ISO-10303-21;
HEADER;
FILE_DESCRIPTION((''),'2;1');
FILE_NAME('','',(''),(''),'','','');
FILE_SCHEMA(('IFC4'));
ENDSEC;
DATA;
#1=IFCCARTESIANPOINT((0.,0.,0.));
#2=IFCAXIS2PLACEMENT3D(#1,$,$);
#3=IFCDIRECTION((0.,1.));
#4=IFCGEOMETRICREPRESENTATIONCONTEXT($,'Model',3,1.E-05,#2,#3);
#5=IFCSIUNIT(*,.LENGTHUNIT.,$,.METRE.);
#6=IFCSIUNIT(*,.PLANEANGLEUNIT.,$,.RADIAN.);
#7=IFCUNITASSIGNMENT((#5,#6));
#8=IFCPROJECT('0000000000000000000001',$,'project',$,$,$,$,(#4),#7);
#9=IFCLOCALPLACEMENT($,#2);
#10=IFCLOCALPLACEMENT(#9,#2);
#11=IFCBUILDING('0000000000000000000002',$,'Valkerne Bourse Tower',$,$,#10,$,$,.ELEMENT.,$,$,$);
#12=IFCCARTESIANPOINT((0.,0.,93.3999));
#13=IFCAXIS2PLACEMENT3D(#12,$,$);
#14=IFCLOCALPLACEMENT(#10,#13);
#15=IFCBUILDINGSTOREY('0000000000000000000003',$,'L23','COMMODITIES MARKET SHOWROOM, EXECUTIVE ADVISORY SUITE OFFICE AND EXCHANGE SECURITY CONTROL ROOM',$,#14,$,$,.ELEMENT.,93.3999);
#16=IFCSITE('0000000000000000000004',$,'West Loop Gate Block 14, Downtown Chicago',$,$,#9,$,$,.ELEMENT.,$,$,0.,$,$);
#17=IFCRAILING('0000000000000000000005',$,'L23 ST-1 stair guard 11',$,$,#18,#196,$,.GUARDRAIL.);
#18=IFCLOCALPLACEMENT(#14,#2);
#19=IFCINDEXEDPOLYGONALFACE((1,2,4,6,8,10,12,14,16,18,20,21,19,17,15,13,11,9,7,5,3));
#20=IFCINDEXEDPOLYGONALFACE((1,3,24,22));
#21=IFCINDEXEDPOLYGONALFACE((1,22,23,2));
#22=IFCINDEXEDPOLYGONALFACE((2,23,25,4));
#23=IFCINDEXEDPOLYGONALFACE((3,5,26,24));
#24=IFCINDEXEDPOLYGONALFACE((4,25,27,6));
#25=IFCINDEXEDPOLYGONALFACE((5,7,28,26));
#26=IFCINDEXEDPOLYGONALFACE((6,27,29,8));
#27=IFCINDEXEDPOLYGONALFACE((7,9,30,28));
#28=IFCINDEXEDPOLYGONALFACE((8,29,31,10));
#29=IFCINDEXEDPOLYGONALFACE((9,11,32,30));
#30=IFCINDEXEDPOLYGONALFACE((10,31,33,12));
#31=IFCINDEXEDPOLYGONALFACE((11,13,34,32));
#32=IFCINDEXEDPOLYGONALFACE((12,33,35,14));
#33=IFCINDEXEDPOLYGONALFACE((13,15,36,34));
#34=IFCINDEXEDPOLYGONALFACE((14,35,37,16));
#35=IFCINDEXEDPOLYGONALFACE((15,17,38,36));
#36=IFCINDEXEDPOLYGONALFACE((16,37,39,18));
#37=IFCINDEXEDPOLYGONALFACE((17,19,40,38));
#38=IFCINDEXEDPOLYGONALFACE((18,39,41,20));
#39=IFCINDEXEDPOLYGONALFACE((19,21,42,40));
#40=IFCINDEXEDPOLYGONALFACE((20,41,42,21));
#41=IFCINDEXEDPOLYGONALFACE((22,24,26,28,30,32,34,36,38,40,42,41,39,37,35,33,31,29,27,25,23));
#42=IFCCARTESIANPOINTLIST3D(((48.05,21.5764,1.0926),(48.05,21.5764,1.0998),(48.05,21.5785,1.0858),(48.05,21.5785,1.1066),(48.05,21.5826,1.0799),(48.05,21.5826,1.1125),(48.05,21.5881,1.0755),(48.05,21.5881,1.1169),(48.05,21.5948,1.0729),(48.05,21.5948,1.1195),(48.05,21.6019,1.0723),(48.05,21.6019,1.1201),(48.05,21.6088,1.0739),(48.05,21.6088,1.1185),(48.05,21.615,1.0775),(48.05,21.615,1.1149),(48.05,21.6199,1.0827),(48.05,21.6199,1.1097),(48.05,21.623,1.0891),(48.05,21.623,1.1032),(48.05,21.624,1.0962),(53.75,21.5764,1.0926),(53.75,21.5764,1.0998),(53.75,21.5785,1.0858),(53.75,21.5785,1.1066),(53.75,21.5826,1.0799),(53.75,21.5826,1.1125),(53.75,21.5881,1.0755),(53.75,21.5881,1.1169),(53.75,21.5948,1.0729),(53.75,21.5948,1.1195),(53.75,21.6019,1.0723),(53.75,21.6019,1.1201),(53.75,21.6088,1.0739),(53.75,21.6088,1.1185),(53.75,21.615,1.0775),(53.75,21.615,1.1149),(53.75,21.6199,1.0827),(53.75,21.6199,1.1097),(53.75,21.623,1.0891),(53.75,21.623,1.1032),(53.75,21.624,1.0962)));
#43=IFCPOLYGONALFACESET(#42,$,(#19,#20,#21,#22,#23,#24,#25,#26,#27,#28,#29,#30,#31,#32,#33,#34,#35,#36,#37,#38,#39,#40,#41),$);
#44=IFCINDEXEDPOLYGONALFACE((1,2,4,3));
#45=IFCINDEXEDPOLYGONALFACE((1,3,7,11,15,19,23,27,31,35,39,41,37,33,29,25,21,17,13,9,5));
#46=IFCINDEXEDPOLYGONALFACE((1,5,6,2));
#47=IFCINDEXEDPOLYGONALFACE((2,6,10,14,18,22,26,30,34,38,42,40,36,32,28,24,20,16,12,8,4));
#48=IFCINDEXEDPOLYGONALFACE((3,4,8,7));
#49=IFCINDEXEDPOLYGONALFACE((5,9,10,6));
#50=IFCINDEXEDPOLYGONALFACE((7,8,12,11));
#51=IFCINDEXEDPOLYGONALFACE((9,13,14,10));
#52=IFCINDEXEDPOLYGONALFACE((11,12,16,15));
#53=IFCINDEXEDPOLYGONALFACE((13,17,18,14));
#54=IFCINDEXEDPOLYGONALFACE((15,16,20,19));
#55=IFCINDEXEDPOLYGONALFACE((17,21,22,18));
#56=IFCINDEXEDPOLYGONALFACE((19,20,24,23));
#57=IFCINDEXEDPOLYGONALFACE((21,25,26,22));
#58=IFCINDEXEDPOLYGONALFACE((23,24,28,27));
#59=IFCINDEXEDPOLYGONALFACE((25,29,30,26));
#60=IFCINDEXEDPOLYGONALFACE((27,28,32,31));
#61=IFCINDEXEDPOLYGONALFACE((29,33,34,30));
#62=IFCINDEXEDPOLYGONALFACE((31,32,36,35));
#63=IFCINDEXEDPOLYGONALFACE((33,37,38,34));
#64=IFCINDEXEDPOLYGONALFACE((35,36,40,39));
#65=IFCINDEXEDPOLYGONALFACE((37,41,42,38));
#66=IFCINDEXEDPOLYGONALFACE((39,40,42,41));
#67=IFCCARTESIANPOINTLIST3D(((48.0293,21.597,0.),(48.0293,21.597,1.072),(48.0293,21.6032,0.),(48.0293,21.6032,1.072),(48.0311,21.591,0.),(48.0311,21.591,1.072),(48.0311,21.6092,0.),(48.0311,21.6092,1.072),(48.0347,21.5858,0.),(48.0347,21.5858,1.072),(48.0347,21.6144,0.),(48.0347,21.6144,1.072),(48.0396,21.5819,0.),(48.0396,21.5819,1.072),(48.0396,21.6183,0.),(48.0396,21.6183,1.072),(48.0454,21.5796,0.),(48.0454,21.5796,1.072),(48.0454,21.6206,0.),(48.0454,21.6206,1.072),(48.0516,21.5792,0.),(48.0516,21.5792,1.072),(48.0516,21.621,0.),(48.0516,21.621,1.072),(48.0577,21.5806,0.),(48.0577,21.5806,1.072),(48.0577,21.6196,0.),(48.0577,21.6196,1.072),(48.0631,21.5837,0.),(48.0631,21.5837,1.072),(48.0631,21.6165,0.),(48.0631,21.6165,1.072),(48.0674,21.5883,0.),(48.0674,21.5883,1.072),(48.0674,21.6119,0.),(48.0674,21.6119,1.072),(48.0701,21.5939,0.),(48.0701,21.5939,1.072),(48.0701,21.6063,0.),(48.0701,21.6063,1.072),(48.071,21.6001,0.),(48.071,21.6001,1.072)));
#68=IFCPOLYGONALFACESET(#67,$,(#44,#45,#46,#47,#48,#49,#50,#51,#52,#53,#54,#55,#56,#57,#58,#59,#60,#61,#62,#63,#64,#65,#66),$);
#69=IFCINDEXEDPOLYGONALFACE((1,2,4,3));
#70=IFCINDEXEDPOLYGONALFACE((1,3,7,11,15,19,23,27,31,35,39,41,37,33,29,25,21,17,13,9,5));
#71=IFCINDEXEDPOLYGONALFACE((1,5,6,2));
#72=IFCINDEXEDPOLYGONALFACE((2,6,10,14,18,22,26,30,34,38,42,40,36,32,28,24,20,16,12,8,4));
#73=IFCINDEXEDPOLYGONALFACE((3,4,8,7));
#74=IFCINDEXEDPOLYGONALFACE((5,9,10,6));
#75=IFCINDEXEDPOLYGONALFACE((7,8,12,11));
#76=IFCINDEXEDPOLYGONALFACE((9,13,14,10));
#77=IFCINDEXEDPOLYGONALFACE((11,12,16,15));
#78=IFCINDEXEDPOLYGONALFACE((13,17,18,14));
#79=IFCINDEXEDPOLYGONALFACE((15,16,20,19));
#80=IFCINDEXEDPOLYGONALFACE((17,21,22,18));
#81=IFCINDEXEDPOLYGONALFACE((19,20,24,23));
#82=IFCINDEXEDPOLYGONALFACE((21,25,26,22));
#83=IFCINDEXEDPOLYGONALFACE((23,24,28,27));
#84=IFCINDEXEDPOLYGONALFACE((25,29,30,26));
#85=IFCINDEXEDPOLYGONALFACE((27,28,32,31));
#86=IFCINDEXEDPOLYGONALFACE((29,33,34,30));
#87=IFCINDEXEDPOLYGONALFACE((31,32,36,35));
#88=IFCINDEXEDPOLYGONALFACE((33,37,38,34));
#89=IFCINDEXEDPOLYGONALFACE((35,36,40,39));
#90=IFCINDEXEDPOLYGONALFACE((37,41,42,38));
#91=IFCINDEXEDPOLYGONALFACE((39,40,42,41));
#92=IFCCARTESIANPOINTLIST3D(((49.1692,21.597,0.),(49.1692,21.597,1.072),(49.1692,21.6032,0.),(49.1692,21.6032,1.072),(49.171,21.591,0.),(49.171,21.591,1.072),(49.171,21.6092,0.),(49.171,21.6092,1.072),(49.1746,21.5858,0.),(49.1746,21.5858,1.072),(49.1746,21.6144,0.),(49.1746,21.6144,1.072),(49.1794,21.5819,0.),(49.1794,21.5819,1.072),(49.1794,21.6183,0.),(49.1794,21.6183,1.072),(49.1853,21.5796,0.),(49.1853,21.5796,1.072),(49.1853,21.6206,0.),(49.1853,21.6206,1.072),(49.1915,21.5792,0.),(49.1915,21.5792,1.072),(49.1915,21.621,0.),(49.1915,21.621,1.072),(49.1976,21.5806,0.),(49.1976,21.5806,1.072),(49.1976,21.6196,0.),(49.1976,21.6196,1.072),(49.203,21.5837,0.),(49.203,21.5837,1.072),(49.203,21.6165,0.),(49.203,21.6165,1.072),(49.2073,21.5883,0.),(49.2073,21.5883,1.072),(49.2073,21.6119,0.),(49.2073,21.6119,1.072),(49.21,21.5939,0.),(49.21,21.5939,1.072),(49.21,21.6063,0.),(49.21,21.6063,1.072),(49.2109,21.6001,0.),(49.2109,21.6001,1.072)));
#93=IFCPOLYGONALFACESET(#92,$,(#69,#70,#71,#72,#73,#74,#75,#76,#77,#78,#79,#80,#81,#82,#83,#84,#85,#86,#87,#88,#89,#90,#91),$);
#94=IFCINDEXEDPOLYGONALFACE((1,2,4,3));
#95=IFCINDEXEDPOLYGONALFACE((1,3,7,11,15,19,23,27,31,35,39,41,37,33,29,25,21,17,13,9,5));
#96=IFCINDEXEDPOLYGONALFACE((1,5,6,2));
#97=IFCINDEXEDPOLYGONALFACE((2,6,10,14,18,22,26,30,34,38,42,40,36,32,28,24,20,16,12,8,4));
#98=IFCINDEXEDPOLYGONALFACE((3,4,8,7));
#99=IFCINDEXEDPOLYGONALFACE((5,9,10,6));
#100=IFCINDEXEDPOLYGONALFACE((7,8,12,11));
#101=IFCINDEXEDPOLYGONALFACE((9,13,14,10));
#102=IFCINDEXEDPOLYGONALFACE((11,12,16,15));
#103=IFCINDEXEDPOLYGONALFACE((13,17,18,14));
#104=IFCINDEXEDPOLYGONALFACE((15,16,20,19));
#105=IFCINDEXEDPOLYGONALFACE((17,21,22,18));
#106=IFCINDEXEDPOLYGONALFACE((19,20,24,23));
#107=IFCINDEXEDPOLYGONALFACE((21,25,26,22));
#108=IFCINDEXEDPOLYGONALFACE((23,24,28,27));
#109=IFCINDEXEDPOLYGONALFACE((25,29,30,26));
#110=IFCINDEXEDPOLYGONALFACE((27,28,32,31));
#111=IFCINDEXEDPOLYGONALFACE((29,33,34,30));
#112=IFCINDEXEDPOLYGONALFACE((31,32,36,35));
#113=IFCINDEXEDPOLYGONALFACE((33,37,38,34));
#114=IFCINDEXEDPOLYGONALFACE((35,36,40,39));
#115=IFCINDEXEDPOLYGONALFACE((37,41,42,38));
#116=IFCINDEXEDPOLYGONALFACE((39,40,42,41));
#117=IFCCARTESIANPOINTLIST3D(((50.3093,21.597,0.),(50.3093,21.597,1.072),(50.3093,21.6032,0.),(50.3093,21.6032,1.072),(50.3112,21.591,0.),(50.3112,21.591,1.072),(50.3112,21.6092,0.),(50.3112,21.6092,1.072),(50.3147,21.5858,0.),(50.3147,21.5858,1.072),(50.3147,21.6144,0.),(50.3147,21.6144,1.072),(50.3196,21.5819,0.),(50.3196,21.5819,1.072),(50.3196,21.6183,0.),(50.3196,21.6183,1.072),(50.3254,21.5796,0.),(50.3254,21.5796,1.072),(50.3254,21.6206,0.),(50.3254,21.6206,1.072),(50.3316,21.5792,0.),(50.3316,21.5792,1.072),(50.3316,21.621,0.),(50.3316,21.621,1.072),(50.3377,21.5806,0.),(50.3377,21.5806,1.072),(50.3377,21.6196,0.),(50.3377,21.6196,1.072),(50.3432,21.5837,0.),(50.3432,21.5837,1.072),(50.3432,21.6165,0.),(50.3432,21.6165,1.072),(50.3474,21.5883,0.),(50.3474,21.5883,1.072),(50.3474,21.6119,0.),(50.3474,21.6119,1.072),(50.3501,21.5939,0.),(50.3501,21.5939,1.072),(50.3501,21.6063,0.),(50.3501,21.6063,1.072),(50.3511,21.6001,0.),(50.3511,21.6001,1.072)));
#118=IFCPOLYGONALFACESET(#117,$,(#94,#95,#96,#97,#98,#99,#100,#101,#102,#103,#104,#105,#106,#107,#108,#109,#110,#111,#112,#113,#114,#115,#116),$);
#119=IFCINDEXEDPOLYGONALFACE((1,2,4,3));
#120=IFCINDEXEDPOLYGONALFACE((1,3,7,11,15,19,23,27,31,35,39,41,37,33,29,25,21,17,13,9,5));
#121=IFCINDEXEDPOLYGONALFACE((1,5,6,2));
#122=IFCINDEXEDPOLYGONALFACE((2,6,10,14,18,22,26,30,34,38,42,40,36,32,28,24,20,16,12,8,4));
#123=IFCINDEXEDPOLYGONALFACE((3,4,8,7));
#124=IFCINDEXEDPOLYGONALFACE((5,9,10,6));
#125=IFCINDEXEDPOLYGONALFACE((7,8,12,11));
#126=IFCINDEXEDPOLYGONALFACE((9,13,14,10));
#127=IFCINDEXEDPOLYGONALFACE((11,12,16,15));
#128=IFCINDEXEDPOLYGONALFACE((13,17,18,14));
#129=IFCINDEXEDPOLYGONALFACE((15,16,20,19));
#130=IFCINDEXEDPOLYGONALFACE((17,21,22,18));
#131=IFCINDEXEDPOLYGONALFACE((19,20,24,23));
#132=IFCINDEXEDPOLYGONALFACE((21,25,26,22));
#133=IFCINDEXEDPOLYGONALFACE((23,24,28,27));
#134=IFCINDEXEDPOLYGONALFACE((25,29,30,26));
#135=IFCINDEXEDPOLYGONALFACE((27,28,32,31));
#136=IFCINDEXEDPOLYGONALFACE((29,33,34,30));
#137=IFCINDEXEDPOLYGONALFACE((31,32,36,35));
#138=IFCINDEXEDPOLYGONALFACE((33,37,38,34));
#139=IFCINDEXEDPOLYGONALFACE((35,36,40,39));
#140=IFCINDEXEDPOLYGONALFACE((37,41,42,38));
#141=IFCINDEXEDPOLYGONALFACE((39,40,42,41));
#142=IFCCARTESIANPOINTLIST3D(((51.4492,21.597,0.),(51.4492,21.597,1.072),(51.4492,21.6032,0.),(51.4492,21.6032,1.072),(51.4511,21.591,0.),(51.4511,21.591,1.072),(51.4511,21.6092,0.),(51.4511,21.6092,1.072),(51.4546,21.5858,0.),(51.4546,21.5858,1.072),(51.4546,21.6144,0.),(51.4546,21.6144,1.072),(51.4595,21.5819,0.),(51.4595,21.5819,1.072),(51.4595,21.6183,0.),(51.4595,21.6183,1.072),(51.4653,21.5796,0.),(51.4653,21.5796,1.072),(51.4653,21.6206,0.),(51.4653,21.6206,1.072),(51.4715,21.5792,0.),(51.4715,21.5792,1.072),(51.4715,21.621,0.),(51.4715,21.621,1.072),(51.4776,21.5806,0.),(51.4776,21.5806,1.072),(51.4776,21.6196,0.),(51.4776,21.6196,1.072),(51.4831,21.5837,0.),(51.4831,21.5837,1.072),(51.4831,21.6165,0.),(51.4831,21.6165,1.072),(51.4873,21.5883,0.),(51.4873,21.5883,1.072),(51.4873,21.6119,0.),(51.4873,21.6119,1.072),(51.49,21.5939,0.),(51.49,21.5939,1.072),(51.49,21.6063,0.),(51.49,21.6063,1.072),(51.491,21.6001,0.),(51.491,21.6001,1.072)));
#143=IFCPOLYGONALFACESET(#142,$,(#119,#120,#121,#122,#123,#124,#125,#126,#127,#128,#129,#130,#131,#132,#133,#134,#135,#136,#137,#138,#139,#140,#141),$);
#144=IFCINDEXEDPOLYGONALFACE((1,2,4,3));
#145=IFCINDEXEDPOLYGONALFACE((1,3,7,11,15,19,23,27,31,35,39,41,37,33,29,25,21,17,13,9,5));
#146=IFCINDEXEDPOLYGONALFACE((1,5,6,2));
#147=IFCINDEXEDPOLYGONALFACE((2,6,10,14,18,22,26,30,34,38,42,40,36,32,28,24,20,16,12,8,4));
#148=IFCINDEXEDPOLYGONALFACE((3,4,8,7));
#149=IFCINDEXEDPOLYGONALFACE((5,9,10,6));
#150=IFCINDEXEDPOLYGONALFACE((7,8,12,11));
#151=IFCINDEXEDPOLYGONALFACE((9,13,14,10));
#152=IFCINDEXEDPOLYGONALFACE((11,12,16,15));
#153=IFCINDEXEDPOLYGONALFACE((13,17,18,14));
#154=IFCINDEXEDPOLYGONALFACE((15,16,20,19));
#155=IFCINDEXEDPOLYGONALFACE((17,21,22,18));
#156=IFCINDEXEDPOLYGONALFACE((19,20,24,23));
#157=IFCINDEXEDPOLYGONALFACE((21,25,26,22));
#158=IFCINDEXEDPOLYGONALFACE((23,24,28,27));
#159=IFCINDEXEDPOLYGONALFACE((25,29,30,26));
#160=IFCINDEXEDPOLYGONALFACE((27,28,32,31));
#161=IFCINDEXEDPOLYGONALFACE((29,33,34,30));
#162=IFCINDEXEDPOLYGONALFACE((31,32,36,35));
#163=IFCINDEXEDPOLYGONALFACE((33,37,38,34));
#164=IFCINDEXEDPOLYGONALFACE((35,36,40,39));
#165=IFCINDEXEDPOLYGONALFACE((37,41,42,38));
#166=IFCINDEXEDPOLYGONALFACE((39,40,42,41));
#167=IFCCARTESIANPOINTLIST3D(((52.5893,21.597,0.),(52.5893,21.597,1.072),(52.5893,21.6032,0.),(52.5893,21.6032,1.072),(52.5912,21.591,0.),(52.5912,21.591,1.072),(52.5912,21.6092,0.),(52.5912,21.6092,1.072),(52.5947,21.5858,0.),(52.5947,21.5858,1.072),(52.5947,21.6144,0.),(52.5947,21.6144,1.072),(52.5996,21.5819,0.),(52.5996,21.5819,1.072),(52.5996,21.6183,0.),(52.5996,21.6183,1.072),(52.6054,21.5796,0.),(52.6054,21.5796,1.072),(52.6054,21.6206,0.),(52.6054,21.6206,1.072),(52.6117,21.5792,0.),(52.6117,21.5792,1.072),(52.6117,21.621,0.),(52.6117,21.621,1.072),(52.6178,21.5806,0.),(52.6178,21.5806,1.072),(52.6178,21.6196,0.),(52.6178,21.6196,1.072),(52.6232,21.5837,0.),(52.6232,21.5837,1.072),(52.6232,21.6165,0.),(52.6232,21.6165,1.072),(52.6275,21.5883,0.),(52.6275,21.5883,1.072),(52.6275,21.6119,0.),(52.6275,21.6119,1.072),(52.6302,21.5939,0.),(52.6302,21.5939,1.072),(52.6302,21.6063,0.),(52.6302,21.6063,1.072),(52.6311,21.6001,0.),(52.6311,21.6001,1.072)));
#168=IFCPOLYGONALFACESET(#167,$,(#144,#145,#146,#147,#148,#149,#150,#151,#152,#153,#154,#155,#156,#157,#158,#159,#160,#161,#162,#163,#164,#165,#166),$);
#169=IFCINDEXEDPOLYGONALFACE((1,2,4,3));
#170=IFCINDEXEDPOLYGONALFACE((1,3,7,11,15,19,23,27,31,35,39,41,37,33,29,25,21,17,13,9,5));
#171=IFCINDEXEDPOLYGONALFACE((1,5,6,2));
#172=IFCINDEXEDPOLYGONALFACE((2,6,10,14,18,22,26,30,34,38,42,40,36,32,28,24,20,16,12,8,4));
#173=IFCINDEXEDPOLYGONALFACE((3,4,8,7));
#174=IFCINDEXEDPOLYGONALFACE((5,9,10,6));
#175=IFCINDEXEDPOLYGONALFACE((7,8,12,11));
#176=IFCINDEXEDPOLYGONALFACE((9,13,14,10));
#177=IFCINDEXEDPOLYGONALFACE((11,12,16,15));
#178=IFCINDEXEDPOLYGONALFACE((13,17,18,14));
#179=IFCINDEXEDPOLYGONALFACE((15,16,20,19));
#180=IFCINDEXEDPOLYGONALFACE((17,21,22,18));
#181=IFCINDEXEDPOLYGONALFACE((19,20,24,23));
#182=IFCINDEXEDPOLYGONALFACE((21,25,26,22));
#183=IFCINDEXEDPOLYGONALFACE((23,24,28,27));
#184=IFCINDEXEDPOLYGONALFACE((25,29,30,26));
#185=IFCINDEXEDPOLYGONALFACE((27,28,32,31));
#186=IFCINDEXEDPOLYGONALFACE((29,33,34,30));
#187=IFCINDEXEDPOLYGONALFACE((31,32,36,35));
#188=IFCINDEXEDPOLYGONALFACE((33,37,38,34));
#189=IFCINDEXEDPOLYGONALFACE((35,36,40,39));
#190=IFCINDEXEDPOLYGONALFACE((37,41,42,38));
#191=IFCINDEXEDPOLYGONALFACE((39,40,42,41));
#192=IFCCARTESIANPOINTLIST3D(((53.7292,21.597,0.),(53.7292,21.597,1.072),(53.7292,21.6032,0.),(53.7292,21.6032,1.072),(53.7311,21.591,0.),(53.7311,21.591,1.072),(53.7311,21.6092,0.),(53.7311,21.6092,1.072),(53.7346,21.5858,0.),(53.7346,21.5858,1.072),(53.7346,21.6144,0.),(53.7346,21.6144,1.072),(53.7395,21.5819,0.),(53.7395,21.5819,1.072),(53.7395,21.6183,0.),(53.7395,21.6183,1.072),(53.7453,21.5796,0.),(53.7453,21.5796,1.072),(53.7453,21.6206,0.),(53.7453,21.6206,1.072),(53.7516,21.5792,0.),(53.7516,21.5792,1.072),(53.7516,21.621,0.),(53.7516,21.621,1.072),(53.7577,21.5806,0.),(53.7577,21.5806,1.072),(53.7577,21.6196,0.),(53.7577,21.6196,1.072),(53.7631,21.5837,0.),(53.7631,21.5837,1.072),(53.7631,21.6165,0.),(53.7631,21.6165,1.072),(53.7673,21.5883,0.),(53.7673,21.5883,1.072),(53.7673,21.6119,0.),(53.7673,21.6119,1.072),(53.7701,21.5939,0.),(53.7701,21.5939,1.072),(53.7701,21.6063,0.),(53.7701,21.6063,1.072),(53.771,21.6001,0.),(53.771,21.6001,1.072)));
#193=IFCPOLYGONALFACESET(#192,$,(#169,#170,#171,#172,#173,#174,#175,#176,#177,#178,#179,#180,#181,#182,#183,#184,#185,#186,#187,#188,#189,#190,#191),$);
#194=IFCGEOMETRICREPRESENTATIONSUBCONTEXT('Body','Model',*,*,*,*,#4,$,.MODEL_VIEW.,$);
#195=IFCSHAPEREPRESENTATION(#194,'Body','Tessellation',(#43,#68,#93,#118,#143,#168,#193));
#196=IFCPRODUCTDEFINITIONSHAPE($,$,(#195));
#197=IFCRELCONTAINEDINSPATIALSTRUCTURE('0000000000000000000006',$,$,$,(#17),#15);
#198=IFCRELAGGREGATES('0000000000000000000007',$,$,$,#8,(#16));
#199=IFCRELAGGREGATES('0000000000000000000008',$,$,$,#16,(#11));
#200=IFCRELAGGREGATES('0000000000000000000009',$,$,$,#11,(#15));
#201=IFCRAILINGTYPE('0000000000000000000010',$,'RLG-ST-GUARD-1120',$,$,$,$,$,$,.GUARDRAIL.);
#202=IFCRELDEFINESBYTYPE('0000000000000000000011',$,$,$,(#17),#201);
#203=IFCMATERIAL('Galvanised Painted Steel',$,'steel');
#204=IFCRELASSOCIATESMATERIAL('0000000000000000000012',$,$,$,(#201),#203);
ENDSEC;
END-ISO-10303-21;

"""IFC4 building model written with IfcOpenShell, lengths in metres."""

from ifc_helpers import new_model, si_unit, direction, frame, origin, origin_2d, place, context, subcontext, project, spatial, circle, extrude, material, type_object, element, save


model = new_model("IFC4")

# Units and contexts
model_context = context("Model", 3, precision=1e-05, world=origin(), true_north=direction((0.0, 1.0)))
body_context = subcontext(model_context, "Body", "Model", "MODEL_VIEW")
ifc_project = project(units=[si_unit("LENGTHUNIT", "METRE"), si_unit("PLANEANGLEUNIT", "RADIAN")], contexts=[model_context])

# Site, building, storey
site_placement = place(None, origin())
site = spatial("IfcSite", under=ifc_project, at=site_placement, Name="West Loop Gate Block 14, Downtown Chicago", CompositionType="ELEMENT", RefElevation=0.0)
building_placement = place(site_placement, origin())
building = spatial("IfcBuilding", under=site, at=building_placement, Name="Valkerne Bourse Tower", CompositionType="ELEMENT")
storey_placement = place(building_placement, frame((0.0, 0.0, 93.3999)))
storey = spatial("IfcBuildingStorey", under=building, at=storey_placement, Name="L23", Description="COMMODITIES MARKET SHOWROOM, EXECUTIVE ADVISORY SUITE OFFICE AND EXCHANGE SECURITY CONTROL ROOM", CompositionType="ELEMENT", Elevation=93.3999)

# Shared definitions
ifc_material_1 = material(Name="Galvanised Painted Steel", Category="steel")

# Railing
railing_type = type_object("IfcRailingType", Name="RLG-ST-GUARD-1120", PredefinedType="GUARDRAIL", material=ifc_material_1)
for number, where, name in (
    (1, (48.05, 21.6001, 0.0), "L23 ST-1 stair guard 11"),
):
    element("IfcRailing", number, at=place(storey_placement, frame(where)), inside=storey, type_object=railing_type, Name=name, PredefinedType="GUARDRAIL", context=body_context, shape_type="SweptSolid", body=[
        extrude(circle(Radius=0.0239, at=origin_2d()), frame((0.0, 0.0, 1.0962), z_axis=(1.0, 0.0, 0.0), x_axis=(0.0, 1.0, 0.0)), (0.0, 0.0, 1.0), 5.7),
        extrude(circle(Radius=0.021, at=origin_2d()), origin(), (0.0, 0.0, 1.0), 1.072),
        extrude(circle(Radius=0.021, at=origin_2d()), frame((1.1399, 0.0, 0.0)), (0.0, 0.0, 1.0), 1.072),
        extrude(circle(Radius=0.021, at=origin_2d()), frame((2.28, 0.0, 0.0)), (0.0, 0.0, 1.0), 1.072),
        extrude(circle(Radius=0.021, at=origin_2d()), frame((3.4199, 0.0, 0.0)), (0.0, 0.0, 1.0), 1.072),
        extrude(circle(Radius=0.021, at=origin_2d()), frame((4.5601, 0.0, 0.0)), (0.0, 0.0, 1.0), 1.072),
        extrude(circle(Radius=0.021, at=origin_2d()), frame((5.7, 0.0, 0.0)), (0.0, 0.0, 1.0), 1.072),
    ])

save(model, "model.ifc")
